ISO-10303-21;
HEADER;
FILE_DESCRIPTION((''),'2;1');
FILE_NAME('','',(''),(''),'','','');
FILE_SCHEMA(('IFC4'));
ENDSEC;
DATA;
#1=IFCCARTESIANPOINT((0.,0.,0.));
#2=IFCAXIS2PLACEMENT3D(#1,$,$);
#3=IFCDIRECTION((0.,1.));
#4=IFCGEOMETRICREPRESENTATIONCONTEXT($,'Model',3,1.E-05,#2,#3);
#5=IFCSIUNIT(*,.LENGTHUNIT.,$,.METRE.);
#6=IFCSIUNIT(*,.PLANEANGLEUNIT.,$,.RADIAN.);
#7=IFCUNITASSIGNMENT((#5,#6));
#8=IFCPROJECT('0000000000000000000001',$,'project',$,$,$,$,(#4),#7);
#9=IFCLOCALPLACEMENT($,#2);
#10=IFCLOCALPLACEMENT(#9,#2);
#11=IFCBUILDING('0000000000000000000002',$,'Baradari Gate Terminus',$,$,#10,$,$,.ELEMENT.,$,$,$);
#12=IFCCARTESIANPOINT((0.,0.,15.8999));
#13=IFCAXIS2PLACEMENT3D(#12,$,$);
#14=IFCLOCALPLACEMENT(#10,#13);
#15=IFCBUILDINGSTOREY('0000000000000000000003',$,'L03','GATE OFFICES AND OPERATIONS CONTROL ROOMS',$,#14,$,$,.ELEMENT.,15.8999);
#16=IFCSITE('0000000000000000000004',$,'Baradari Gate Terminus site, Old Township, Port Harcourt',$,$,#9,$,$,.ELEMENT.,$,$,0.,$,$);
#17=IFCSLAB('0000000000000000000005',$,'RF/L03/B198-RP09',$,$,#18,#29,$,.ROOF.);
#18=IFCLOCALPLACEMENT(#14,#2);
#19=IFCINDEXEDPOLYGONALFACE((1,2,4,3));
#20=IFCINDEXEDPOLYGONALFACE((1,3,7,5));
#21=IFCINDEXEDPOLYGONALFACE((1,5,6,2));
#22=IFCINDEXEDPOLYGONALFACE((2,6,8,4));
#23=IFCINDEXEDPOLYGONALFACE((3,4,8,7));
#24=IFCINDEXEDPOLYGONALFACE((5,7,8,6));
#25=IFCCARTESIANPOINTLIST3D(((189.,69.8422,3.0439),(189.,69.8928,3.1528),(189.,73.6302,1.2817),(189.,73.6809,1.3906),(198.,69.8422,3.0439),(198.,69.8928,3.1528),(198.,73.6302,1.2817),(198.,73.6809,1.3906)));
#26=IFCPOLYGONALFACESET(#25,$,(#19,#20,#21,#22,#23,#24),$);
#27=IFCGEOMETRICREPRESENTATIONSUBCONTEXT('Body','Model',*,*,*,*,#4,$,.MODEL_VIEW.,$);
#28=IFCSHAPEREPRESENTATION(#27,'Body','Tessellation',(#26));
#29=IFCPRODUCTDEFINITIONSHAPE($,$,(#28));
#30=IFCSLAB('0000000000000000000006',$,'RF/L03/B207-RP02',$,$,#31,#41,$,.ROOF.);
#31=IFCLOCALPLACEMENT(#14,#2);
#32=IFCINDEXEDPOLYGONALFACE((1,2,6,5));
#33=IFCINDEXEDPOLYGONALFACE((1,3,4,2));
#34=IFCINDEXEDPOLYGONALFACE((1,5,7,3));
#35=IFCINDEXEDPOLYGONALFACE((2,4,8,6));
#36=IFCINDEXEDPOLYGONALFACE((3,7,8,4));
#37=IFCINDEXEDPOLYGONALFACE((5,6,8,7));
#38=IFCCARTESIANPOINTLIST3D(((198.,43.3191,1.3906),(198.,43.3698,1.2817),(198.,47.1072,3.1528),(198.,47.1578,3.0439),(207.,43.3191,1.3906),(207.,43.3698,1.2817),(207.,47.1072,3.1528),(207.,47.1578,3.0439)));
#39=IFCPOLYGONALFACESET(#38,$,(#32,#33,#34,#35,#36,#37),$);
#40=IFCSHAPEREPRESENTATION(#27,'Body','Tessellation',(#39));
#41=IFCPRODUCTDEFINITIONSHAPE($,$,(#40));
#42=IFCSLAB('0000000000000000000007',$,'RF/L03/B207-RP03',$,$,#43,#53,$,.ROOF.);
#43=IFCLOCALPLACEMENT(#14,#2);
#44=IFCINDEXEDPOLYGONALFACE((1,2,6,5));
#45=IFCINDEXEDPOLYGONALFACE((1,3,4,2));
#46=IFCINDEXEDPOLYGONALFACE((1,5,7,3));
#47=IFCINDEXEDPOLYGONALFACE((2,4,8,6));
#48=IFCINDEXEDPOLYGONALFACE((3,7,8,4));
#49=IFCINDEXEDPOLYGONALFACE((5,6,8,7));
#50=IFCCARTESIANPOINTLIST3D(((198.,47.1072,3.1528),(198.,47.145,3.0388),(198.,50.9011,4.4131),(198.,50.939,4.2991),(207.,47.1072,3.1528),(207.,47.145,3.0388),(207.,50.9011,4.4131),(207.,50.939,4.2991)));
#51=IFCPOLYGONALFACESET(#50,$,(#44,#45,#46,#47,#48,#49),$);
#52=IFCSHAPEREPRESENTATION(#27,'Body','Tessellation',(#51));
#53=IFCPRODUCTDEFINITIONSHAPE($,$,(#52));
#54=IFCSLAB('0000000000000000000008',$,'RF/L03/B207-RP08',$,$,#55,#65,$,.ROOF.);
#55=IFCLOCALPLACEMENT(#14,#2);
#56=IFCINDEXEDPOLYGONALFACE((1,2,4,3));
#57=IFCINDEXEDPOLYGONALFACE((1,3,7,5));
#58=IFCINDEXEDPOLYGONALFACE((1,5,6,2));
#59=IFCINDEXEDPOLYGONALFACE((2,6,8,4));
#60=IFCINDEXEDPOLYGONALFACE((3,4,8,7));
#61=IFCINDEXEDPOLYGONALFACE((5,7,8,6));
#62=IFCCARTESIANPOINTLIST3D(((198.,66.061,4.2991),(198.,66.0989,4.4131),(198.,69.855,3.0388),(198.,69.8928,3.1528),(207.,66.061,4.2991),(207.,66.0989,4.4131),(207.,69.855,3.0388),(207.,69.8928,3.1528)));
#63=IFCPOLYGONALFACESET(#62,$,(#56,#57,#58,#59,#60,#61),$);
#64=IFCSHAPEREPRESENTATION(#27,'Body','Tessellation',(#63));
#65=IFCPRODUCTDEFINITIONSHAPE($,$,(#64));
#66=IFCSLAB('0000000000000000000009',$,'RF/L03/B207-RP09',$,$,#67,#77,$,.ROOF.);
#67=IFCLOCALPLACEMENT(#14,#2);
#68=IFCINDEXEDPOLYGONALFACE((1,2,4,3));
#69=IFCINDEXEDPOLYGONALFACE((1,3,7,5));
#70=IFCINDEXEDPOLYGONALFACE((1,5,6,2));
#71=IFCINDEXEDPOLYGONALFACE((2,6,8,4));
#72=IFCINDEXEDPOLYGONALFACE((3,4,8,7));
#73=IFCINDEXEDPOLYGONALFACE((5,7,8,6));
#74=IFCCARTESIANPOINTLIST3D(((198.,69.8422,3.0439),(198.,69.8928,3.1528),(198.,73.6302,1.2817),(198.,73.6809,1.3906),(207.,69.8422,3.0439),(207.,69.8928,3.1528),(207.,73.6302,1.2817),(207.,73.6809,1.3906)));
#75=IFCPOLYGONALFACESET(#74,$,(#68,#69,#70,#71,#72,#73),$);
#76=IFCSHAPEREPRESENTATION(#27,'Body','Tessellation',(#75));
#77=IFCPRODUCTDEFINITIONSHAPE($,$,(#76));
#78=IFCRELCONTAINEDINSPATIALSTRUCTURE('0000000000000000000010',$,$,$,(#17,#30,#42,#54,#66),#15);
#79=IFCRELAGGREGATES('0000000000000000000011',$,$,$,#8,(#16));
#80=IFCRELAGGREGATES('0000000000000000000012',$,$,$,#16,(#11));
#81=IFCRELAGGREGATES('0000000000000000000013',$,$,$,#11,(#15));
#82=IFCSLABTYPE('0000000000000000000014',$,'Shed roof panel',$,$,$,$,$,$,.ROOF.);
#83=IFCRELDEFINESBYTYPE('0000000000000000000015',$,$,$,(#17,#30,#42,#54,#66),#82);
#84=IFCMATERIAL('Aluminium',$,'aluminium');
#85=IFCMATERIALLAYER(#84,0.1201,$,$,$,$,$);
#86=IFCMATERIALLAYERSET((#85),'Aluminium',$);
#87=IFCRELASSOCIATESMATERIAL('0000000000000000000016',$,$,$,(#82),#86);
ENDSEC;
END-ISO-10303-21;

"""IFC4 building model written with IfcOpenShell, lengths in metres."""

from ifc_helpers import new_model, si_unit, direction, frame, origin, place, context, subcontext, project, spatial, polyline, outline, extrude, material, layer, layer_set, type_object, element, save


model = new_model("IFC4")

# Units and contexts
model_context = context("Model", 3, precision=1e-05, world=origin(), true_north=direction((0.0, 1.0)))
body_context = subcontext(model_context, "Body", "Model", "MODEL_VIEW")
ifc_project = project(units=[si_unit("LENGTHUNIT", "METRE"), si_unit("PLANEANGLEUNIT", "RADIAN")], contexts=[model_context])

# Site, building, storey
site_placement = place(None, origin())
site = spatial("IfcSite", under=ifc_project, at=site_placement, Name="Baradari Gate Terminus site, Old Township, Port Harcourt", CompositionType="ELEMENT", RefElevation=0.0)
building_placement = place(site_placement, origin())
building = spatial("IfcBuilding", under=site, at=building_placement, Name="Baradari Gate Terminus", CompositionType="ELEMENT")
storey_placement = place(building_placement, frame((0.0, 0.0, 15.8999)))
storey = spatial("IfcBuildingStorey", under=building, at=storey_placement, Name="L03", Description="GATE OFFICES AND OPERATIONS CONTROL ROOMS", CompositionType="ELEMENT", Elevation=15.8999)

# Slabs
ifc_material_1 = material(Name="Aluminium", Category="aluminium")
ifc_layer = layer(ifc_material_1, 0.1201)
ifc_layer_set = layer_set([ifc_layer], Name="Aluminium")
slab_type = type_object("IfcSlabType", Name="Shed roof panel", PredefinedType="ROOF", material=ifc_layer_set)
for number, where, z_axis, x_axis, name in (
    (1, (189.0, 69.8928, 3.1528), (0.0, 0.421791, 0.906693), (1.0, 0.0, 0.0), "RF/L03/B198-RP09"),
    (2, (198.0, 43.3191, 1.3906), (0.0, -0.421791, 0.906693), (1.0, 0.0, 0.0), "RF/L03/B207-RP02"),
):
    element("IfcSlab", number, at=place(storey_placement, frame(where, z_axis=z_axis, x_axis=x_axis)), inside=storey, type_object=slab_type, Name=name, PredefinedType="ROOF", context=body_context, shape_type="SweptSolid", body=[
        extrude(outline(polyline([(0.0, 0.0), (9.0, 0.0), (9.0, 4.1779), (0.0, 4.1779), (0.0, 0.0)])), origin(), (0.0, 0.0, -1.0), 0.1201),
    ])
for number, where, z_axis, x_axis, name in (
    (3, (198.0, 47.1072, 3.1528), (0.0, -0.315238, 0.949013), (1.0, 0.0, 0.0), "RF/L03/B207-RP03"),
    (4, (198.0, 66.0989, 4.4131), (0.0, 0.315238, 0.949013), (1.0, 0.0, 0.0), "RF/L03/B207-RP08"),
):
    element("IfcSlab", number, at=place(storey_placement, frame(where, z_axis=z_axis, x_axis=x_axis)), inside=storey, type_object=slab_type, Name=name, PredefinedType="ROOF", context=body_context, shape_type="SweptSolid", body=[
        extrude(outline(polyline([(0.0, 0.0), (9.0, 0.0), (9.0, 3.9978), (0.0, 3.9978), (0.0, 0.0)])), origin(), (0.0, 0.0, -1.0), 0.1201),
    ])
slab_1_placement = place(storey_placement, frame((198.0, 69.8928, 3.1528), z_axis=(0.0, 0.421791, 0.906693), x_axis=(1.0, 0.0, 0.0)))
element("IfcSlab", 5, at=slab_1_placement, inside=storey, type_object=slab_type, Name="RF/L03/B207-RP09", PredefinedType="ROOF", context=body_context, shape_type="SweptSolid", body=[
    extrude(outline(polyline([(0.0, 0.0), (9.0, 0.0), (9.0, 4.1779), (0.0, 4.1779), (0.0, 0.0)])), origin(), (0.0, 0.0, -1.0), 0.1201),
])

save(model, "model.ifc")
